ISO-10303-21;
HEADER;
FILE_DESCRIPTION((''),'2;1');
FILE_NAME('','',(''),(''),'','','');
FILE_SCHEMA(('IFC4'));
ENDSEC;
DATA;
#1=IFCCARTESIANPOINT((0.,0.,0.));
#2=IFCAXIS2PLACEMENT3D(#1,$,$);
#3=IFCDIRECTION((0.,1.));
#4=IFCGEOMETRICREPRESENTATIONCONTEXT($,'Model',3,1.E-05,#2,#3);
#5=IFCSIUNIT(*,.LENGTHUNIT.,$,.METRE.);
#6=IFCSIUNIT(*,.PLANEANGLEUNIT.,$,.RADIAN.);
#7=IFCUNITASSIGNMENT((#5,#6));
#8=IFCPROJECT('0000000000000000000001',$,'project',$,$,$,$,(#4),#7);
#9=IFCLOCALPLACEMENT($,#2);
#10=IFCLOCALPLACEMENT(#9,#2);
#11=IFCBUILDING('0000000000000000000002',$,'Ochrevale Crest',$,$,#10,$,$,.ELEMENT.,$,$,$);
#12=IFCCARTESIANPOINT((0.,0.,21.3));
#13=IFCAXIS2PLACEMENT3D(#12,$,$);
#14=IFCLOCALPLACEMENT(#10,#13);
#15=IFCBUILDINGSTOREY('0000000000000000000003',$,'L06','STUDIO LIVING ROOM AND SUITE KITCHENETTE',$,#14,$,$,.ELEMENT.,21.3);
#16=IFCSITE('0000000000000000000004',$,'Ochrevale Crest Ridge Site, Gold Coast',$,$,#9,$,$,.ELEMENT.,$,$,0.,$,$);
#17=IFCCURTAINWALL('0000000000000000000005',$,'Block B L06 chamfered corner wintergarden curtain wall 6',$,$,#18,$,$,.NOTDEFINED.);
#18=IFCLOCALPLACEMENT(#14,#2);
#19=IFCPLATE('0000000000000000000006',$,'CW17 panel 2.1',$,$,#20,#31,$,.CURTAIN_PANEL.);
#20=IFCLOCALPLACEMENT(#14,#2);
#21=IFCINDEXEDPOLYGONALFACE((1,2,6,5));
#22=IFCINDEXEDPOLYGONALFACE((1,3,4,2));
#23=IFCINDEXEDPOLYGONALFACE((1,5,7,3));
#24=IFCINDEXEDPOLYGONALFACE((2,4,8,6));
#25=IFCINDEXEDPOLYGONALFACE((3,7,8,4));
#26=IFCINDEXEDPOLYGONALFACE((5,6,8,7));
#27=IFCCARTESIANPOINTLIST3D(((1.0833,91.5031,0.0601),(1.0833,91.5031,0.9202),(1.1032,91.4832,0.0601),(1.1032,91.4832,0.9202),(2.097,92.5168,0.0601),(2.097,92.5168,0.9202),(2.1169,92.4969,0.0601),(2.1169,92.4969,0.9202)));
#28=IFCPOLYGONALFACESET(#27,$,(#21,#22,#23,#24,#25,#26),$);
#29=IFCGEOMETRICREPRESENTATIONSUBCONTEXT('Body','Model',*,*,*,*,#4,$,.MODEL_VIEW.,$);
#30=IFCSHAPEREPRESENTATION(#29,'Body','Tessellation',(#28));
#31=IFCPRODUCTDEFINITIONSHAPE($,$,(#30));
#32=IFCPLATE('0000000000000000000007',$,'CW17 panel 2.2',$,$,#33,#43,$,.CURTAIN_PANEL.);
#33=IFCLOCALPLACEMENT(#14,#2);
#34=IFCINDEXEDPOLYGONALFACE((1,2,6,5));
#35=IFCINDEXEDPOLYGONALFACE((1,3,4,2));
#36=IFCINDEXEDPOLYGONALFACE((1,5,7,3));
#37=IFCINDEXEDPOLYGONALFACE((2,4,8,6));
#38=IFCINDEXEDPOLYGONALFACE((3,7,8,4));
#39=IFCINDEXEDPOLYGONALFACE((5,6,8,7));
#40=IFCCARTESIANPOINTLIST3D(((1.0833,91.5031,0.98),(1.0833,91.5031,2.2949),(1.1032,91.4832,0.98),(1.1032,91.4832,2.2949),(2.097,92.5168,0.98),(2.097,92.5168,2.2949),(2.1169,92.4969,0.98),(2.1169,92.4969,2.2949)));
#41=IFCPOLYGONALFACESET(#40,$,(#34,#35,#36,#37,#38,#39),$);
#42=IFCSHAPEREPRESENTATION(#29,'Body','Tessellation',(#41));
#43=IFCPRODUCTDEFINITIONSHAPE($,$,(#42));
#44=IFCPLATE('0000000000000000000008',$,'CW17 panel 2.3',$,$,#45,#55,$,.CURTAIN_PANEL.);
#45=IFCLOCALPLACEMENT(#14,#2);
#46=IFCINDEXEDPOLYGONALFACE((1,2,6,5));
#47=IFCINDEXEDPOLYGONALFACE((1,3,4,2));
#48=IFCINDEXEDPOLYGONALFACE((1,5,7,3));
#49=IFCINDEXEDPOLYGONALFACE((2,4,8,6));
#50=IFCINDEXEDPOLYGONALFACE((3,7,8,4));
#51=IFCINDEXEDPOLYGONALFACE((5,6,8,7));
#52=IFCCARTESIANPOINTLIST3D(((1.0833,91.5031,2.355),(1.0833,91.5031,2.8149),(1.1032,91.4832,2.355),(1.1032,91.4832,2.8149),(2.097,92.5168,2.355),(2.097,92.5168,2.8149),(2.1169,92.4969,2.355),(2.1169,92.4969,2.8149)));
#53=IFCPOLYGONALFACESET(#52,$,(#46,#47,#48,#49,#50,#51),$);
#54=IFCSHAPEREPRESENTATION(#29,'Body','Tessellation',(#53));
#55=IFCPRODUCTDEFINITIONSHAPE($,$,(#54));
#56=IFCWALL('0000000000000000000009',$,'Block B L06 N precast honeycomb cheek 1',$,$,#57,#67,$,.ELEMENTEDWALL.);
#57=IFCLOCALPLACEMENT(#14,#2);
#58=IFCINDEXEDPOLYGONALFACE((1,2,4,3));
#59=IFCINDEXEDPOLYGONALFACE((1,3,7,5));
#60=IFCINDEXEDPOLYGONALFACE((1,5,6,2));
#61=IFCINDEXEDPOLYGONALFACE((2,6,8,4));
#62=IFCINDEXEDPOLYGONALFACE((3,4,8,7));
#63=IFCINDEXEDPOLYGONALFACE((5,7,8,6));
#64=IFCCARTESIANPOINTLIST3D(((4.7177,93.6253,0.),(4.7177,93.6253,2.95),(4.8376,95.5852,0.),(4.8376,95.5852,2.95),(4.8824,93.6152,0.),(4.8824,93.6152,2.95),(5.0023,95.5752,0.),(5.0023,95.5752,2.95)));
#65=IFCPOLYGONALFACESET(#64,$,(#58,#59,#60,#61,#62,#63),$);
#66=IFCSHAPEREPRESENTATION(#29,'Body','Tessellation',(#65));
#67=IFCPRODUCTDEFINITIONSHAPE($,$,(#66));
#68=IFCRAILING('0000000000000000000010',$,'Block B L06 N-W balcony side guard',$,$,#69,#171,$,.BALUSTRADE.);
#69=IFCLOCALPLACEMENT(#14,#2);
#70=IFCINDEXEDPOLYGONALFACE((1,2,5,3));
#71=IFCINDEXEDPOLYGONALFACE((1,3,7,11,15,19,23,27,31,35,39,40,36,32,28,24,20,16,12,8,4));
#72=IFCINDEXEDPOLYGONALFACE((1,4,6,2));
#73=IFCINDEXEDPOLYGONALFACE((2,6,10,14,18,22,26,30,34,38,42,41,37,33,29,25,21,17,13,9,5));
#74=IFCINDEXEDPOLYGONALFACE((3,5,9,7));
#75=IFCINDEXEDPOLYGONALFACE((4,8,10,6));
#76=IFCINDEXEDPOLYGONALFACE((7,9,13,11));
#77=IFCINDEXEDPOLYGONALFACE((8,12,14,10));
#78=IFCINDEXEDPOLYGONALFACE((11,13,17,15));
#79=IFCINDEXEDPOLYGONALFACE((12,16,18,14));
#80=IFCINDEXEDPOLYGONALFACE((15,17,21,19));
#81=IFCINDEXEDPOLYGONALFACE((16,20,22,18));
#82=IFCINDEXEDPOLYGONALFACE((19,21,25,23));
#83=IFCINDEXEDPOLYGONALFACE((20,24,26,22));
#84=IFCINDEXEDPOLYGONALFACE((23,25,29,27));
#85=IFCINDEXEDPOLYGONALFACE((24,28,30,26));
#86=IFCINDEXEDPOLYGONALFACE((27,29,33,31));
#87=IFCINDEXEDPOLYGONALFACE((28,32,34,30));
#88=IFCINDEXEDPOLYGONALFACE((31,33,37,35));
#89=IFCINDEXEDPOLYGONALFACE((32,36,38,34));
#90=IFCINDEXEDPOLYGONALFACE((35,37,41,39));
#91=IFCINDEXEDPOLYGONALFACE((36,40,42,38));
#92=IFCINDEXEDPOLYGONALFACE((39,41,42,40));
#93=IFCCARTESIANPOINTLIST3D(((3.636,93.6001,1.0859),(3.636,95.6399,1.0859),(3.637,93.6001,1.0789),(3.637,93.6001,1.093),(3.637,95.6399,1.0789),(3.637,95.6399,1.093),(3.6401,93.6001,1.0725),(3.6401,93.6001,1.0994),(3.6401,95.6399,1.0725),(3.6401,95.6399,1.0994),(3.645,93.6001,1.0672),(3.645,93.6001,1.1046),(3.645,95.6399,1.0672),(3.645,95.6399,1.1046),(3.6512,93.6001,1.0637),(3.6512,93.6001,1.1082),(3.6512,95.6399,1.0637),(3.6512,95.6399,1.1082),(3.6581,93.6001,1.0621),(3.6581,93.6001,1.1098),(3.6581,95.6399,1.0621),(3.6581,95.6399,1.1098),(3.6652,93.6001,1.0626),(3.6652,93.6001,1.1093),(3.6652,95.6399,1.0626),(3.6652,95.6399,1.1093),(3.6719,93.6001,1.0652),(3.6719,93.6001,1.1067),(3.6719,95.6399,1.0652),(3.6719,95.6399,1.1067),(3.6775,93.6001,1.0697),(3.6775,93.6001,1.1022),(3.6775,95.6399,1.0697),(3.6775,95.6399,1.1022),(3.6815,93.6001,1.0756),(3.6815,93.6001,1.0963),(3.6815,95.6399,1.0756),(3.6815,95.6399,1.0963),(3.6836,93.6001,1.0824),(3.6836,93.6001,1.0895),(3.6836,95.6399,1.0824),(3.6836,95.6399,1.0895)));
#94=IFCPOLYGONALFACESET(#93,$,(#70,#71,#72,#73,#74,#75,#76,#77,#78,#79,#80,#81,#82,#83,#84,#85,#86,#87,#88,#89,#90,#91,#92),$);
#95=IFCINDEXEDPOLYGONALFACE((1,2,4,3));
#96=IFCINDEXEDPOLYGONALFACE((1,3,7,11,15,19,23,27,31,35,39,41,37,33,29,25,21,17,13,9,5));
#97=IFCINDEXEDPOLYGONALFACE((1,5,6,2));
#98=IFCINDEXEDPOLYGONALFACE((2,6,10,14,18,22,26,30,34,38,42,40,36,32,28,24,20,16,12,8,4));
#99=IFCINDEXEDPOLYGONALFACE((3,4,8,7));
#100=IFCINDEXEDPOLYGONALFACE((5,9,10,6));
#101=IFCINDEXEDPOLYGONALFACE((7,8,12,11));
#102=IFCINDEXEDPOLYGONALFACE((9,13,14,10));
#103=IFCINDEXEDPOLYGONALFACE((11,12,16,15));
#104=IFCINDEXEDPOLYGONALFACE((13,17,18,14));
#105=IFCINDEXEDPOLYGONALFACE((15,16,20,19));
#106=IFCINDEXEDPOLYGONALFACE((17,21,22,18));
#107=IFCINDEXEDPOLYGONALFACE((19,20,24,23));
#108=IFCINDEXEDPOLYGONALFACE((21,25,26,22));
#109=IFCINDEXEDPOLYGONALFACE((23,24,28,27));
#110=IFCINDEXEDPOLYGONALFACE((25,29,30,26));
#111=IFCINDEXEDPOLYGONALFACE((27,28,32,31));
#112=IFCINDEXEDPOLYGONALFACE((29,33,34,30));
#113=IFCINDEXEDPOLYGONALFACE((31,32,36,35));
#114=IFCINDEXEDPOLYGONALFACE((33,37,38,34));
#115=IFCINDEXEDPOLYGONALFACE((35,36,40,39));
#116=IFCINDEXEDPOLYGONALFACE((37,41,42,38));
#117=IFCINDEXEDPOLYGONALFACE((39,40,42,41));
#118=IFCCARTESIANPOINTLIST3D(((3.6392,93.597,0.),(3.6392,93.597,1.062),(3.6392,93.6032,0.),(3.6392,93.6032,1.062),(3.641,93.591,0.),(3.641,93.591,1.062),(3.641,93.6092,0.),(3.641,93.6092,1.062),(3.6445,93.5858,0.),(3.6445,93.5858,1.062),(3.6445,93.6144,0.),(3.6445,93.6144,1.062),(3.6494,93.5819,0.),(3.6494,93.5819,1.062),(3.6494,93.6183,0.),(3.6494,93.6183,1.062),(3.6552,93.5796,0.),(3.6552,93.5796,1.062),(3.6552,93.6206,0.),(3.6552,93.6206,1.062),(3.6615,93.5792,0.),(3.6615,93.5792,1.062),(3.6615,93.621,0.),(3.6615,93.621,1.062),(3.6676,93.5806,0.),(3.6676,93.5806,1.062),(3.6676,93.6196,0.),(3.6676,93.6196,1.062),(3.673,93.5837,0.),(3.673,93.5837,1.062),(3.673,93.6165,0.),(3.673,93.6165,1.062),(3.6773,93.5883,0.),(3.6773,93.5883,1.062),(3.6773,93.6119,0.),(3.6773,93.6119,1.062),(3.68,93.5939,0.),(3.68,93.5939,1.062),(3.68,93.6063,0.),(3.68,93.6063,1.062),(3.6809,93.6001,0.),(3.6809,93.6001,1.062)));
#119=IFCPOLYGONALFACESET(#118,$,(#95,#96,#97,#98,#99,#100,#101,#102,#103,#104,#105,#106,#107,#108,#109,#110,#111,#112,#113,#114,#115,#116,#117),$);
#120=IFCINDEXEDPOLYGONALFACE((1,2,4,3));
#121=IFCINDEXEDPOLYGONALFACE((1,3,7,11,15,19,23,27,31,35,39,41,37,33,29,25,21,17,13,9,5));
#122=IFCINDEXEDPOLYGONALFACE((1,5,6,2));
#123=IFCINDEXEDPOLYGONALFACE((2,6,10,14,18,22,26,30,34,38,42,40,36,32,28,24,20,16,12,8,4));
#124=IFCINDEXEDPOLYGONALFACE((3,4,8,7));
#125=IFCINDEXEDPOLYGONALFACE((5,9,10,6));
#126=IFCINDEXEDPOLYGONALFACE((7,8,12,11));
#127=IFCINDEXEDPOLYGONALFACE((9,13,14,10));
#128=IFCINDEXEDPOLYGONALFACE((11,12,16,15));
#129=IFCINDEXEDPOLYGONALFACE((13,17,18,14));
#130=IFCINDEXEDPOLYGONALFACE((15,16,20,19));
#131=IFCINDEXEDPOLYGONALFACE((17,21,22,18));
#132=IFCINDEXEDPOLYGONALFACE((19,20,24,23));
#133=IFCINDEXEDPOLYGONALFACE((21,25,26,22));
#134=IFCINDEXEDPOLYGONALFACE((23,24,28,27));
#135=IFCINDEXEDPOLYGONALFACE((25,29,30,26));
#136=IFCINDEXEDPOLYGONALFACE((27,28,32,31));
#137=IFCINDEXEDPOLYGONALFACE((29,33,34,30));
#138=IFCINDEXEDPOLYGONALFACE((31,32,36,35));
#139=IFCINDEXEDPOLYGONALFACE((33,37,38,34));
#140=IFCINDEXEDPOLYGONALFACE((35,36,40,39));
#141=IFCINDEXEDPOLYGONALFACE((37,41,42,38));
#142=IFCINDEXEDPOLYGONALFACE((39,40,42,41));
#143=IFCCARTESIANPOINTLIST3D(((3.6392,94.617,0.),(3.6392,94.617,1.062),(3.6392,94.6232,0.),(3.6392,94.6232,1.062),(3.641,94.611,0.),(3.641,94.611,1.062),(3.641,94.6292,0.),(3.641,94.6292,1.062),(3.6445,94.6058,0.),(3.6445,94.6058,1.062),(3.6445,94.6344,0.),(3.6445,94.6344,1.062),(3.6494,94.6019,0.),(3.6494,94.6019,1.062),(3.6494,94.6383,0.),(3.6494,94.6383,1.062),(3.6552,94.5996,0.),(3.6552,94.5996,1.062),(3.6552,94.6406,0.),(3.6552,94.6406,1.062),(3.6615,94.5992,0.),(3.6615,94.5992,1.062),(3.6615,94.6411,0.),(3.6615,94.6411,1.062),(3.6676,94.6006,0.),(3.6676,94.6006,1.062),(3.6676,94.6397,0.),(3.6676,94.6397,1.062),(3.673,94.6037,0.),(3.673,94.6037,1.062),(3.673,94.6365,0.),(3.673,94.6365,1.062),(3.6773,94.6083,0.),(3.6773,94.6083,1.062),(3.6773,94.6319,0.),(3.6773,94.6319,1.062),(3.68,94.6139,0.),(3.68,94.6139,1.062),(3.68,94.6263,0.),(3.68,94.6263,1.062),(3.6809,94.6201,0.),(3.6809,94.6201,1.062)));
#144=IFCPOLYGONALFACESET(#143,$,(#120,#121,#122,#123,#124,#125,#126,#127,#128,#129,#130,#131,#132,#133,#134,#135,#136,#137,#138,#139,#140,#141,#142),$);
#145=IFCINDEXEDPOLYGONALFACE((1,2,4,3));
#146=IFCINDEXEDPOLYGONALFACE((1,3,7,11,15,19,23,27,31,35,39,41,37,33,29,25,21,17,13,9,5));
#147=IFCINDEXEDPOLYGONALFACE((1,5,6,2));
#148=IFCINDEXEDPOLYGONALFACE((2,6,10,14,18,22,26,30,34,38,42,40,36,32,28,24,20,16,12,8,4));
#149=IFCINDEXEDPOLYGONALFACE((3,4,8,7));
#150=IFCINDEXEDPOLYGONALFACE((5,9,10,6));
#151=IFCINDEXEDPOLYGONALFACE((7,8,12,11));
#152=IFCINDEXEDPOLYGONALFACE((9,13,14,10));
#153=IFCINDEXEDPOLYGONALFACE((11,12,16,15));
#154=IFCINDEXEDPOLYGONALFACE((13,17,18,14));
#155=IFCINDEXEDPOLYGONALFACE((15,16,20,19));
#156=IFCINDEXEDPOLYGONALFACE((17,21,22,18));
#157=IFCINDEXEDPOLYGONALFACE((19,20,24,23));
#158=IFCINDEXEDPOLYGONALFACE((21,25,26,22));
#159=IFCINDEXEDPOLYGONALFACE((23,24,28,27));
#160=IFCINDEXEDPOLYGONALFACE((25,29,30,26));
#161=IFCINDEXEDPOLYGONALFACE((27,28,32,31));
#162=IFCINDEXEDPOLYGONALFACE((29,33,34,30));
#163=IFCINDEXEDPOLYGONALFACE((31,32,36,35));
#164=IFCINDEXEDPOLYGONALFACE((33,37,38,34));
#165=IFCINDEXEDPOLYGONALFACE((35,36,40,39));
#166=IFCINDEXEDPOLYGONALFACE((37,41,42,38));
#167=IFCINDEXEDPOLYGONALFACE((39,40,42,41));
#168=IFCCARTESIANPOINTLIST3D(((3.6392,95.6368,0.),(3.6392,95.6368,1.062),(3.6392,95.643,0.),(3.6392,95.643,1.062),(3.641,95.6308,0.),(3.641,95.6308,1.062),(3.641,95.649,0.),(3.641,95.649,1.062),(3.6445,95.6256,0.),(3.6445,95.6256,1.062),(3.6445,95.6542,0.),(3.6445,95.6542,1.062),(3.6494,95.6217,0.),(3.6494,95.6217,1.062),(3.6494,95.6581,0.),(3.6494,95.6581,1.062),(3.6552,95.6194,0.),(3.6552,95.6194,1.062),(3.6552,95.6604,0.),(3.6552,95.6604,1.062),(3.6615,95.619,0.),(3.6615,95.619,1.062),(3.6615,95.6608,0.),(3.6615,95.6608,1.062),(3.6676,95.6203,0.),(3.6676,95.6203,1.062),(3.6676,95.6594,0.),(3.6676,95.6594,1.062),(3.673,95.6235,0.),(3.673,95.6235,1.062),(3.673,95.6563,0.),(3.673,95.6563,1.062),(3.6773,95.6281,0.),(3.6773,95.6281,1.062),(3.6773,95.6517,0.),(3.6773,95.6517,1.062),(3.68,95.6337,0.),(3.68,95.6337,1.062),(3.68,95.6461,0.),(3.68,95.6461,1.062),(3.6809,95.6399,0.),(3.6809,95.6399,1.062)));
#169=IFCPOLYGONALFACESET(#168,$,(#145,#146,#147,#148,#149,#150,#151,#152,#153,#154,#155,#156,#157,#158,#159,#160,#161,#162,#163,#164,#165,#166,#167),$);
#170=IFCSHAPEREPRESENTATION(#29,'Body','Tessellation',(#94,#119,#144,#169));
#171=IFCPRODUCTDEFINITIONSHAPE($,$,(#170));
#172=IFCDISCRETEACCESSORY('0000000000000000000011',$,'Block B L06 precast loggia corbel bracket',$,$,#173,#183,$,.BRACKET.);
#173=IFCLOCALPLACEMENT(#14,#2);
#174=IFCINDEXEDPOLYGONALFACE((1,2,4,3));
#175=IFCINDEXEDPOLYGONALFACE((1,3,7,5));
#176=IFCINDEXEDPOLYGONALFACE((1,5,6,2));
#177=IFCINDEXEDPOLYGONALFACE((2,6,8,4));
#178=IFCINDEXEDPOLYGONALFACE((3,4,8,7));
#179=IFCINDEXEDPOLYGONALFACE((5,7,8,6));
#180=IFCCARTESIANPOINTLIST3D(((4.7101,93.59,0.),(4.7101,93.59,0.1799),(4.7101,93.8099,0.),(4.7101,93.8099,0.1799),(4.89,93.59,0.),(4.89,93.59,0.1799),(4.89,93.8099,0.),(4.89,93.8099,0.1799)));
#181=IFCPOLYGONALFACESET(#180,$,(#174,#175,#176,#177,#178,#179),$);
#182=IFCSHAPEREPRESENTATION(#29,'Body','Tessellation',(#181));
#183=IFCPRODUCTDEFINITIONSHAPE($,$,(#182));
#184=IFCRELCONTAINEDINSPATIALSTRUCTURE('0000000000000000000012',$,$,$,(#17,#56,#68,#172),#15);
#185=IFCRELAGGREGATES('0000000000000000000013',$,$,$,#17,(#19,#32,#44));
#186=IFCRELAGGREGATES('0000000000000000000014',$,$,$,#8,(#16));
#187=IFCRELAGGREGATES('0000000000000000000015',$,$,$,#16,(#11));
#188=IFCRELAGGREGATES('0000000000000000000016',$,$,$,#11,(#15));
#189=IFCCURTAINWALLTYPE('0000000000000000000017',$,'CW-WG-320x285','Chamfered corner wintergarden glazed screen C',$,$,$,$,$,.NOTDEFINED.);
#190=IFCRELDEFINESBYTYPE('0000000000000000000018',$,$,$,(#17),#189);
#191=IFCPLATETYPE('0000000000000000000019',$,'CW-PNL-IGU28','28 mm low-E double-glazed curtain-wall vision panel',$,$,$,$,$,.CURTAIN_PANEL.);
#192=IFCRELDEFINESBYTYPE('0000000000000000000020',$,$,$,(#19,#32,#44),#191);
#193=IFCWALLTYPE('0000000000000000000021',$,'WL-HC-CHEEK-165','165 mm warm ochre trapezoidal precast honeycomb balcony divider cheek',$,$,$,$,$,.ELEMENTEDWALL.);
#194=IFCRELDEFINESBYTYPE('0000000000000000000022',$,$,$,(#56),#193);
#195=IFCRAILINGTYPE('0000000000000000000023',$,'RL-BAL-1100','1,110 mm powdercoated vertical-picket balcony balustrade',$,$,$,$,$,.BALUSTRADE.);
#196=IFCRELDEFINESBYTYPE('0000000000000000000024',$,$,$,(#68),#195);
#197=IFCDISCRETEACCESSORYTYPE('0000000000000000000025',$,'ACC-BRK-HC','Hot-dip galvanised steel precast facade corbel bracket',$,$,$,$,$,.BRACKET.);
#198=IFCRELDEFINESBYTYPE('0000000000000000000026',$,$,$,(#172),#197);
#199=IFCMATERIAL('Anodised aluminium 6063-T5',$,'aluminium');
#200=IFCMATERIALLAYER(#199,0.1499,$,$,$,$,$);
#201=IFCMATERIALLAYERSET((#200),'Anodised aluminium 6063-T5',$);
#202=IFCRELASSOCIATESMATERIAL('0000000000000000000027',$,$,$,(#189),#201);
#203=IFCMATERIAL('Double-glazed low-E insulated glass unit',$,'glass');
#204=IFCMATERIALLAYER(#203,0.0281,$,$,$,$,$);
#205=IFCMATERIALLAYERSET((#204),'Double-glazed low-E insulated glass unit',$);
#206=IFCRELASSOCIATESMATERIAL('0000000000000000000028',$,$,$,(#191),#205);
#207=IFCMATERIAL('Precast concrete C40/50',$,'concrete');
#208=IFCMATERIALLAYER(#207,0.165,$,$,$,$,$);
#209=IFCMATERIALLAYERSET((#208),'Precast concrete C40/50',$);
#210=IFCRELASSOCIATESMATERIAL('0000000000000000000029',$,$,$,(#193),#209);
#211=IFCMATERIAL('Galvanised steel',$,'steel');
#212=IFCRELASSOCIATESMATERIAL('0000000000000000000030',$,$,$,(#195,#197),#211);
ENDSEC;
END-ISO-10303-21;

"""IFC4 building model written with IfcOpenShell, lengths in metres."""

from ifc_helpers import new_model, si_unit, direction, frame, frame_2d, origin, origin_2d, place, context, subcontext, project, spatial, rectangle, circle, extrude, material, layer, layer_set, type_object, element, aggregate, save


model = new_model("IFC4")

# Units and contexts
model_context = context("Model", 3, precision=1e-05, world=origin(), true_north=direction((0.0, 1.0)))
body_context = subcontext(model_context, "Body", "Model", "MODEL_VIEW")
ifc_project = project(units=[si_unit("LENGTHUNIT", "METRE"), si_unit("PLANEANGLEUNIT", "RADIAN")], contexts=[model_context])

# Site, building, storey
site_placement = place(None, origin())
site = spatial("IfcSite", under=ifc_project, at=site_placement, Name="Ochrevale Crest Ridge Site, Gold Coast", CompositionType="ELEMENT", RefElevation=0.0)
building_placement = place(site_placement, origin())
building = spatial("IfcBuilding", under=site, at=building_placement, Name="Ochrevale Crest", CompositionType="ELEMENT")
storey_placement = place(building_placement, frame((0.0, 0.0, 21.3)))
storey = spatial("IfcBuildingStorey", under=building, at=storey_placement, Name="L06", Description="STUDIO LIVING ROOM AND SUITE KITCHENETTE", CompositionType="ELEMENT", Elevation=21.3)

# Curtain wall, plates
ifc_material_1 = material(Name="Anodised aluminium 6063-T5", Category="aluminium")
ifc_layer_1 = layer(ifc_material_1, 0.1499)
ifc_layer_set_1 = layer_set([ifc_layer_1], Name="Anodised aluminium 6063-T5")
curtain_wall_type = type_object("IfcCurtainWallType", Name="CW-WG-320x285", Description="Chamfered corner wintergarden glazed screen C", PredefinedType="NOTDEFINED", material=ifc_layer_set_1)
curtain_wall_placement = place(storey_placement, origin())
curtain_wall = element("IfcCurtainWall", 1, at=curtain_wall_placement, inside=storey, type_object=curtain_wall_type, Name="Block B L06 chamfered corner wintergarden curtain wall 6", PredefinedType="NOTDEFINED")
ifc_material_2 = material(Name="Double-glazed low-E insulated glass unit", Category="glass")
ifc_layer_2 = layer(ifc_material_2, 0.0281)
ifc_layer_set_2 = layer_set([ifc_layer_2], Name="Double-glazed low-E insulated glass unit")
plate_type = type_object("IfcPlateType", Name="CW-PNL-IGU28", Description="28 mm low-E double-glazed curtain-wall vision panel", PredefinedType="CURTAIN_PANEL", material=ifc_layer_set_2)
plate_1_placement = place(storey_placement, frame((1.6001, 92.0, 0.0601), z_axis=(0.0, 0.0, 1.0), x_axis=(-0.707107, -0.707107, 0.0)))
plate_1 = element("IfcPlate", 2, at=plate_1_placement, type_object=plate_type, Name="CW17 panel 2.1", PredefinedType="CURTAIN_PANEL", context=body_context, shape_type="SweptSolid", body=[
    extrude(rectangle(XDim=1.4336, YDim=0.0281, at=origin_2d()), origin(), (0.0, 0.0, 1.0), 0.8601),
])
plate_2_placement = place(storey_placement, frame((1.6001, 92.0, 0.98), z_axis=(0.0, 0.0, 1.0), x_axis=(-0.707107, -0.707107, 0.0)))
plate_2 = element("IfcPlate", 3, at=plate_2_placement, type_object=plate_type, Name="CW17 panel 2.2", PredefinedType="CURTAIN_PANEL", context=body_context, shape_type="SweptSolid", body=[
    extrude(rectangle(XDim=1.4336, YDim=0.0281, at=origin_2d()), origin(), (0.0, 0.0, 1.0), 1.3149),
])
plate_3_placement = place(storey_placement, frame((1.6001, 92.0, 2.355), z_axis=(0.0, 0.0, 1.0), x_axis=(-0.707107, -0.707107, 0.0)))
plate_3 = element("IfcPlate", 4, at=plate_3_placement, type_object=plate_type, Name="CW17 panel 2.3", PredefinedType="CURTAIN_PANEL", context=body_context, shape_type="SweptSolid", body=[
    extrude(rectangle(XDim=1.4336, YDim=0.0281, at=origin_2d()), origin(), (0.0, 0.0, 1.0), 0.46),
])
aggregate(curtain_wall, [plate_1, plate_2, plate_3])

# Wall
ifc_material_3 = material(Name="Precast concrete C40/50", Category="concrete")
ifc_layer_3 = layer(ifc_material_3, 0.165)
ifc_layer_set_3 = layer_set([ifc_layer_3], Name="Precast concrete C40/50")
wall_type = type_object("IfcWallType", Name="WL-HC-CHEEK-165", Description="165 mm warm ochre trapezoidal precast honeycomb balcony divider cheek", PredefinedType="ELEMENTEDWALL", material=ifc_layer_set_3)
wall_placement = place(storey_placement, frame((4.8, 93.6201, 0.0), z_axis=(0.0, 0.0, 1.0), x_axis=(0.061047, 0.998135, 0.0)))
element("IfcWall", 5, at=wall_placement, inside=storey, type_object=wall_type, Name="Block B L06 N precast honeycomb cheek 1", PredefinedType="ELEMENTEDWALL", context=body_context, shape_type="SweptSolid", body=[
    extrude(rectangle(XDim=1.9636, YDim=0.165, at=frame_2d((0.9819, 0.0))), origin(), (0.0, 0.0, 1.0), 2.95),
])

# Railing
ifc_material_4 = material(Name="Galvanised steel", Category="steel")
railing_type = type_object("IfcRailingType", Name="RL-BAL-1100", Description="1,110 mm powdercoated vertical-picket balcony balustrade", PredefinedType="BALUSTRADE", material=ifc_material_4)
railing_1_placement = place(storey_placement, frame((3.6599, 93.6001, 0.0)))
element("IfcRailing", 6, at=railing_1_placement, inside=storey, type_object=railing_type, Name="Block B L06 N-W balcony side guard", PredefinedType="BALUSTRADE", context=body_context, shape_type="SweptSolid", body=[
    extrude(circle(Radius=0.0239, at=origin_2d()), frame((0.0, 0.0, 1.0859), z_axis=(0.0, 1.0, 0.0), x_axis=(-1.0, 0.0, 0.0)), (0.0, 0.0, 1.0), 2.0398),
    extrude(circle(Radius=0.021, at=origin_2d()), origin(), (0.0, 0.0, 1.0), 1.062),
    extrude(circle(Radius=0.021, at=origin_2d()), frame((0.0, 1.02, 0.0)), (0.0, 0.0, 1.0), 1.062),
    extrude(circle(Radius=0.021, at=origin_2d()), frame((0.0, 2.0398, 0.0)), (0.0, 0.0, 1.0), 1.062),
])

# Discrete accessory
discrete_accessory_type = type_object("IfcDiscreteAccessoryType", Name="ACC-BRK-HC", Description="Hot-dip galvanised steel precast facade corbel bracket", PredefinedType="BRACKET", material=ifc_material_4)
discrete_accessory_placement = place(storey_placement, frame((4.8, 93.7, 0.0), z_axis=(0.0, 0.0, 1.0), x_axis=(1.0, 0.0, 0.0)))
element("IfcDiscreteAccessory", 7, at=discrete_accessory_placement, inside=storey, type_object=discrete_accessory_type, Name="Block B L06 precast loggia corbel bracket", PredefinedType="BRACKET", context=body_context, shape_type="SweptSolid", body=[
    extrude(rectangle(XDim=0.1799, YDim=0.22, at=origin_2d()), origin(), (0.0, 0.0, 1.0), 0.1799),
])

save(model, "model.ifc")
